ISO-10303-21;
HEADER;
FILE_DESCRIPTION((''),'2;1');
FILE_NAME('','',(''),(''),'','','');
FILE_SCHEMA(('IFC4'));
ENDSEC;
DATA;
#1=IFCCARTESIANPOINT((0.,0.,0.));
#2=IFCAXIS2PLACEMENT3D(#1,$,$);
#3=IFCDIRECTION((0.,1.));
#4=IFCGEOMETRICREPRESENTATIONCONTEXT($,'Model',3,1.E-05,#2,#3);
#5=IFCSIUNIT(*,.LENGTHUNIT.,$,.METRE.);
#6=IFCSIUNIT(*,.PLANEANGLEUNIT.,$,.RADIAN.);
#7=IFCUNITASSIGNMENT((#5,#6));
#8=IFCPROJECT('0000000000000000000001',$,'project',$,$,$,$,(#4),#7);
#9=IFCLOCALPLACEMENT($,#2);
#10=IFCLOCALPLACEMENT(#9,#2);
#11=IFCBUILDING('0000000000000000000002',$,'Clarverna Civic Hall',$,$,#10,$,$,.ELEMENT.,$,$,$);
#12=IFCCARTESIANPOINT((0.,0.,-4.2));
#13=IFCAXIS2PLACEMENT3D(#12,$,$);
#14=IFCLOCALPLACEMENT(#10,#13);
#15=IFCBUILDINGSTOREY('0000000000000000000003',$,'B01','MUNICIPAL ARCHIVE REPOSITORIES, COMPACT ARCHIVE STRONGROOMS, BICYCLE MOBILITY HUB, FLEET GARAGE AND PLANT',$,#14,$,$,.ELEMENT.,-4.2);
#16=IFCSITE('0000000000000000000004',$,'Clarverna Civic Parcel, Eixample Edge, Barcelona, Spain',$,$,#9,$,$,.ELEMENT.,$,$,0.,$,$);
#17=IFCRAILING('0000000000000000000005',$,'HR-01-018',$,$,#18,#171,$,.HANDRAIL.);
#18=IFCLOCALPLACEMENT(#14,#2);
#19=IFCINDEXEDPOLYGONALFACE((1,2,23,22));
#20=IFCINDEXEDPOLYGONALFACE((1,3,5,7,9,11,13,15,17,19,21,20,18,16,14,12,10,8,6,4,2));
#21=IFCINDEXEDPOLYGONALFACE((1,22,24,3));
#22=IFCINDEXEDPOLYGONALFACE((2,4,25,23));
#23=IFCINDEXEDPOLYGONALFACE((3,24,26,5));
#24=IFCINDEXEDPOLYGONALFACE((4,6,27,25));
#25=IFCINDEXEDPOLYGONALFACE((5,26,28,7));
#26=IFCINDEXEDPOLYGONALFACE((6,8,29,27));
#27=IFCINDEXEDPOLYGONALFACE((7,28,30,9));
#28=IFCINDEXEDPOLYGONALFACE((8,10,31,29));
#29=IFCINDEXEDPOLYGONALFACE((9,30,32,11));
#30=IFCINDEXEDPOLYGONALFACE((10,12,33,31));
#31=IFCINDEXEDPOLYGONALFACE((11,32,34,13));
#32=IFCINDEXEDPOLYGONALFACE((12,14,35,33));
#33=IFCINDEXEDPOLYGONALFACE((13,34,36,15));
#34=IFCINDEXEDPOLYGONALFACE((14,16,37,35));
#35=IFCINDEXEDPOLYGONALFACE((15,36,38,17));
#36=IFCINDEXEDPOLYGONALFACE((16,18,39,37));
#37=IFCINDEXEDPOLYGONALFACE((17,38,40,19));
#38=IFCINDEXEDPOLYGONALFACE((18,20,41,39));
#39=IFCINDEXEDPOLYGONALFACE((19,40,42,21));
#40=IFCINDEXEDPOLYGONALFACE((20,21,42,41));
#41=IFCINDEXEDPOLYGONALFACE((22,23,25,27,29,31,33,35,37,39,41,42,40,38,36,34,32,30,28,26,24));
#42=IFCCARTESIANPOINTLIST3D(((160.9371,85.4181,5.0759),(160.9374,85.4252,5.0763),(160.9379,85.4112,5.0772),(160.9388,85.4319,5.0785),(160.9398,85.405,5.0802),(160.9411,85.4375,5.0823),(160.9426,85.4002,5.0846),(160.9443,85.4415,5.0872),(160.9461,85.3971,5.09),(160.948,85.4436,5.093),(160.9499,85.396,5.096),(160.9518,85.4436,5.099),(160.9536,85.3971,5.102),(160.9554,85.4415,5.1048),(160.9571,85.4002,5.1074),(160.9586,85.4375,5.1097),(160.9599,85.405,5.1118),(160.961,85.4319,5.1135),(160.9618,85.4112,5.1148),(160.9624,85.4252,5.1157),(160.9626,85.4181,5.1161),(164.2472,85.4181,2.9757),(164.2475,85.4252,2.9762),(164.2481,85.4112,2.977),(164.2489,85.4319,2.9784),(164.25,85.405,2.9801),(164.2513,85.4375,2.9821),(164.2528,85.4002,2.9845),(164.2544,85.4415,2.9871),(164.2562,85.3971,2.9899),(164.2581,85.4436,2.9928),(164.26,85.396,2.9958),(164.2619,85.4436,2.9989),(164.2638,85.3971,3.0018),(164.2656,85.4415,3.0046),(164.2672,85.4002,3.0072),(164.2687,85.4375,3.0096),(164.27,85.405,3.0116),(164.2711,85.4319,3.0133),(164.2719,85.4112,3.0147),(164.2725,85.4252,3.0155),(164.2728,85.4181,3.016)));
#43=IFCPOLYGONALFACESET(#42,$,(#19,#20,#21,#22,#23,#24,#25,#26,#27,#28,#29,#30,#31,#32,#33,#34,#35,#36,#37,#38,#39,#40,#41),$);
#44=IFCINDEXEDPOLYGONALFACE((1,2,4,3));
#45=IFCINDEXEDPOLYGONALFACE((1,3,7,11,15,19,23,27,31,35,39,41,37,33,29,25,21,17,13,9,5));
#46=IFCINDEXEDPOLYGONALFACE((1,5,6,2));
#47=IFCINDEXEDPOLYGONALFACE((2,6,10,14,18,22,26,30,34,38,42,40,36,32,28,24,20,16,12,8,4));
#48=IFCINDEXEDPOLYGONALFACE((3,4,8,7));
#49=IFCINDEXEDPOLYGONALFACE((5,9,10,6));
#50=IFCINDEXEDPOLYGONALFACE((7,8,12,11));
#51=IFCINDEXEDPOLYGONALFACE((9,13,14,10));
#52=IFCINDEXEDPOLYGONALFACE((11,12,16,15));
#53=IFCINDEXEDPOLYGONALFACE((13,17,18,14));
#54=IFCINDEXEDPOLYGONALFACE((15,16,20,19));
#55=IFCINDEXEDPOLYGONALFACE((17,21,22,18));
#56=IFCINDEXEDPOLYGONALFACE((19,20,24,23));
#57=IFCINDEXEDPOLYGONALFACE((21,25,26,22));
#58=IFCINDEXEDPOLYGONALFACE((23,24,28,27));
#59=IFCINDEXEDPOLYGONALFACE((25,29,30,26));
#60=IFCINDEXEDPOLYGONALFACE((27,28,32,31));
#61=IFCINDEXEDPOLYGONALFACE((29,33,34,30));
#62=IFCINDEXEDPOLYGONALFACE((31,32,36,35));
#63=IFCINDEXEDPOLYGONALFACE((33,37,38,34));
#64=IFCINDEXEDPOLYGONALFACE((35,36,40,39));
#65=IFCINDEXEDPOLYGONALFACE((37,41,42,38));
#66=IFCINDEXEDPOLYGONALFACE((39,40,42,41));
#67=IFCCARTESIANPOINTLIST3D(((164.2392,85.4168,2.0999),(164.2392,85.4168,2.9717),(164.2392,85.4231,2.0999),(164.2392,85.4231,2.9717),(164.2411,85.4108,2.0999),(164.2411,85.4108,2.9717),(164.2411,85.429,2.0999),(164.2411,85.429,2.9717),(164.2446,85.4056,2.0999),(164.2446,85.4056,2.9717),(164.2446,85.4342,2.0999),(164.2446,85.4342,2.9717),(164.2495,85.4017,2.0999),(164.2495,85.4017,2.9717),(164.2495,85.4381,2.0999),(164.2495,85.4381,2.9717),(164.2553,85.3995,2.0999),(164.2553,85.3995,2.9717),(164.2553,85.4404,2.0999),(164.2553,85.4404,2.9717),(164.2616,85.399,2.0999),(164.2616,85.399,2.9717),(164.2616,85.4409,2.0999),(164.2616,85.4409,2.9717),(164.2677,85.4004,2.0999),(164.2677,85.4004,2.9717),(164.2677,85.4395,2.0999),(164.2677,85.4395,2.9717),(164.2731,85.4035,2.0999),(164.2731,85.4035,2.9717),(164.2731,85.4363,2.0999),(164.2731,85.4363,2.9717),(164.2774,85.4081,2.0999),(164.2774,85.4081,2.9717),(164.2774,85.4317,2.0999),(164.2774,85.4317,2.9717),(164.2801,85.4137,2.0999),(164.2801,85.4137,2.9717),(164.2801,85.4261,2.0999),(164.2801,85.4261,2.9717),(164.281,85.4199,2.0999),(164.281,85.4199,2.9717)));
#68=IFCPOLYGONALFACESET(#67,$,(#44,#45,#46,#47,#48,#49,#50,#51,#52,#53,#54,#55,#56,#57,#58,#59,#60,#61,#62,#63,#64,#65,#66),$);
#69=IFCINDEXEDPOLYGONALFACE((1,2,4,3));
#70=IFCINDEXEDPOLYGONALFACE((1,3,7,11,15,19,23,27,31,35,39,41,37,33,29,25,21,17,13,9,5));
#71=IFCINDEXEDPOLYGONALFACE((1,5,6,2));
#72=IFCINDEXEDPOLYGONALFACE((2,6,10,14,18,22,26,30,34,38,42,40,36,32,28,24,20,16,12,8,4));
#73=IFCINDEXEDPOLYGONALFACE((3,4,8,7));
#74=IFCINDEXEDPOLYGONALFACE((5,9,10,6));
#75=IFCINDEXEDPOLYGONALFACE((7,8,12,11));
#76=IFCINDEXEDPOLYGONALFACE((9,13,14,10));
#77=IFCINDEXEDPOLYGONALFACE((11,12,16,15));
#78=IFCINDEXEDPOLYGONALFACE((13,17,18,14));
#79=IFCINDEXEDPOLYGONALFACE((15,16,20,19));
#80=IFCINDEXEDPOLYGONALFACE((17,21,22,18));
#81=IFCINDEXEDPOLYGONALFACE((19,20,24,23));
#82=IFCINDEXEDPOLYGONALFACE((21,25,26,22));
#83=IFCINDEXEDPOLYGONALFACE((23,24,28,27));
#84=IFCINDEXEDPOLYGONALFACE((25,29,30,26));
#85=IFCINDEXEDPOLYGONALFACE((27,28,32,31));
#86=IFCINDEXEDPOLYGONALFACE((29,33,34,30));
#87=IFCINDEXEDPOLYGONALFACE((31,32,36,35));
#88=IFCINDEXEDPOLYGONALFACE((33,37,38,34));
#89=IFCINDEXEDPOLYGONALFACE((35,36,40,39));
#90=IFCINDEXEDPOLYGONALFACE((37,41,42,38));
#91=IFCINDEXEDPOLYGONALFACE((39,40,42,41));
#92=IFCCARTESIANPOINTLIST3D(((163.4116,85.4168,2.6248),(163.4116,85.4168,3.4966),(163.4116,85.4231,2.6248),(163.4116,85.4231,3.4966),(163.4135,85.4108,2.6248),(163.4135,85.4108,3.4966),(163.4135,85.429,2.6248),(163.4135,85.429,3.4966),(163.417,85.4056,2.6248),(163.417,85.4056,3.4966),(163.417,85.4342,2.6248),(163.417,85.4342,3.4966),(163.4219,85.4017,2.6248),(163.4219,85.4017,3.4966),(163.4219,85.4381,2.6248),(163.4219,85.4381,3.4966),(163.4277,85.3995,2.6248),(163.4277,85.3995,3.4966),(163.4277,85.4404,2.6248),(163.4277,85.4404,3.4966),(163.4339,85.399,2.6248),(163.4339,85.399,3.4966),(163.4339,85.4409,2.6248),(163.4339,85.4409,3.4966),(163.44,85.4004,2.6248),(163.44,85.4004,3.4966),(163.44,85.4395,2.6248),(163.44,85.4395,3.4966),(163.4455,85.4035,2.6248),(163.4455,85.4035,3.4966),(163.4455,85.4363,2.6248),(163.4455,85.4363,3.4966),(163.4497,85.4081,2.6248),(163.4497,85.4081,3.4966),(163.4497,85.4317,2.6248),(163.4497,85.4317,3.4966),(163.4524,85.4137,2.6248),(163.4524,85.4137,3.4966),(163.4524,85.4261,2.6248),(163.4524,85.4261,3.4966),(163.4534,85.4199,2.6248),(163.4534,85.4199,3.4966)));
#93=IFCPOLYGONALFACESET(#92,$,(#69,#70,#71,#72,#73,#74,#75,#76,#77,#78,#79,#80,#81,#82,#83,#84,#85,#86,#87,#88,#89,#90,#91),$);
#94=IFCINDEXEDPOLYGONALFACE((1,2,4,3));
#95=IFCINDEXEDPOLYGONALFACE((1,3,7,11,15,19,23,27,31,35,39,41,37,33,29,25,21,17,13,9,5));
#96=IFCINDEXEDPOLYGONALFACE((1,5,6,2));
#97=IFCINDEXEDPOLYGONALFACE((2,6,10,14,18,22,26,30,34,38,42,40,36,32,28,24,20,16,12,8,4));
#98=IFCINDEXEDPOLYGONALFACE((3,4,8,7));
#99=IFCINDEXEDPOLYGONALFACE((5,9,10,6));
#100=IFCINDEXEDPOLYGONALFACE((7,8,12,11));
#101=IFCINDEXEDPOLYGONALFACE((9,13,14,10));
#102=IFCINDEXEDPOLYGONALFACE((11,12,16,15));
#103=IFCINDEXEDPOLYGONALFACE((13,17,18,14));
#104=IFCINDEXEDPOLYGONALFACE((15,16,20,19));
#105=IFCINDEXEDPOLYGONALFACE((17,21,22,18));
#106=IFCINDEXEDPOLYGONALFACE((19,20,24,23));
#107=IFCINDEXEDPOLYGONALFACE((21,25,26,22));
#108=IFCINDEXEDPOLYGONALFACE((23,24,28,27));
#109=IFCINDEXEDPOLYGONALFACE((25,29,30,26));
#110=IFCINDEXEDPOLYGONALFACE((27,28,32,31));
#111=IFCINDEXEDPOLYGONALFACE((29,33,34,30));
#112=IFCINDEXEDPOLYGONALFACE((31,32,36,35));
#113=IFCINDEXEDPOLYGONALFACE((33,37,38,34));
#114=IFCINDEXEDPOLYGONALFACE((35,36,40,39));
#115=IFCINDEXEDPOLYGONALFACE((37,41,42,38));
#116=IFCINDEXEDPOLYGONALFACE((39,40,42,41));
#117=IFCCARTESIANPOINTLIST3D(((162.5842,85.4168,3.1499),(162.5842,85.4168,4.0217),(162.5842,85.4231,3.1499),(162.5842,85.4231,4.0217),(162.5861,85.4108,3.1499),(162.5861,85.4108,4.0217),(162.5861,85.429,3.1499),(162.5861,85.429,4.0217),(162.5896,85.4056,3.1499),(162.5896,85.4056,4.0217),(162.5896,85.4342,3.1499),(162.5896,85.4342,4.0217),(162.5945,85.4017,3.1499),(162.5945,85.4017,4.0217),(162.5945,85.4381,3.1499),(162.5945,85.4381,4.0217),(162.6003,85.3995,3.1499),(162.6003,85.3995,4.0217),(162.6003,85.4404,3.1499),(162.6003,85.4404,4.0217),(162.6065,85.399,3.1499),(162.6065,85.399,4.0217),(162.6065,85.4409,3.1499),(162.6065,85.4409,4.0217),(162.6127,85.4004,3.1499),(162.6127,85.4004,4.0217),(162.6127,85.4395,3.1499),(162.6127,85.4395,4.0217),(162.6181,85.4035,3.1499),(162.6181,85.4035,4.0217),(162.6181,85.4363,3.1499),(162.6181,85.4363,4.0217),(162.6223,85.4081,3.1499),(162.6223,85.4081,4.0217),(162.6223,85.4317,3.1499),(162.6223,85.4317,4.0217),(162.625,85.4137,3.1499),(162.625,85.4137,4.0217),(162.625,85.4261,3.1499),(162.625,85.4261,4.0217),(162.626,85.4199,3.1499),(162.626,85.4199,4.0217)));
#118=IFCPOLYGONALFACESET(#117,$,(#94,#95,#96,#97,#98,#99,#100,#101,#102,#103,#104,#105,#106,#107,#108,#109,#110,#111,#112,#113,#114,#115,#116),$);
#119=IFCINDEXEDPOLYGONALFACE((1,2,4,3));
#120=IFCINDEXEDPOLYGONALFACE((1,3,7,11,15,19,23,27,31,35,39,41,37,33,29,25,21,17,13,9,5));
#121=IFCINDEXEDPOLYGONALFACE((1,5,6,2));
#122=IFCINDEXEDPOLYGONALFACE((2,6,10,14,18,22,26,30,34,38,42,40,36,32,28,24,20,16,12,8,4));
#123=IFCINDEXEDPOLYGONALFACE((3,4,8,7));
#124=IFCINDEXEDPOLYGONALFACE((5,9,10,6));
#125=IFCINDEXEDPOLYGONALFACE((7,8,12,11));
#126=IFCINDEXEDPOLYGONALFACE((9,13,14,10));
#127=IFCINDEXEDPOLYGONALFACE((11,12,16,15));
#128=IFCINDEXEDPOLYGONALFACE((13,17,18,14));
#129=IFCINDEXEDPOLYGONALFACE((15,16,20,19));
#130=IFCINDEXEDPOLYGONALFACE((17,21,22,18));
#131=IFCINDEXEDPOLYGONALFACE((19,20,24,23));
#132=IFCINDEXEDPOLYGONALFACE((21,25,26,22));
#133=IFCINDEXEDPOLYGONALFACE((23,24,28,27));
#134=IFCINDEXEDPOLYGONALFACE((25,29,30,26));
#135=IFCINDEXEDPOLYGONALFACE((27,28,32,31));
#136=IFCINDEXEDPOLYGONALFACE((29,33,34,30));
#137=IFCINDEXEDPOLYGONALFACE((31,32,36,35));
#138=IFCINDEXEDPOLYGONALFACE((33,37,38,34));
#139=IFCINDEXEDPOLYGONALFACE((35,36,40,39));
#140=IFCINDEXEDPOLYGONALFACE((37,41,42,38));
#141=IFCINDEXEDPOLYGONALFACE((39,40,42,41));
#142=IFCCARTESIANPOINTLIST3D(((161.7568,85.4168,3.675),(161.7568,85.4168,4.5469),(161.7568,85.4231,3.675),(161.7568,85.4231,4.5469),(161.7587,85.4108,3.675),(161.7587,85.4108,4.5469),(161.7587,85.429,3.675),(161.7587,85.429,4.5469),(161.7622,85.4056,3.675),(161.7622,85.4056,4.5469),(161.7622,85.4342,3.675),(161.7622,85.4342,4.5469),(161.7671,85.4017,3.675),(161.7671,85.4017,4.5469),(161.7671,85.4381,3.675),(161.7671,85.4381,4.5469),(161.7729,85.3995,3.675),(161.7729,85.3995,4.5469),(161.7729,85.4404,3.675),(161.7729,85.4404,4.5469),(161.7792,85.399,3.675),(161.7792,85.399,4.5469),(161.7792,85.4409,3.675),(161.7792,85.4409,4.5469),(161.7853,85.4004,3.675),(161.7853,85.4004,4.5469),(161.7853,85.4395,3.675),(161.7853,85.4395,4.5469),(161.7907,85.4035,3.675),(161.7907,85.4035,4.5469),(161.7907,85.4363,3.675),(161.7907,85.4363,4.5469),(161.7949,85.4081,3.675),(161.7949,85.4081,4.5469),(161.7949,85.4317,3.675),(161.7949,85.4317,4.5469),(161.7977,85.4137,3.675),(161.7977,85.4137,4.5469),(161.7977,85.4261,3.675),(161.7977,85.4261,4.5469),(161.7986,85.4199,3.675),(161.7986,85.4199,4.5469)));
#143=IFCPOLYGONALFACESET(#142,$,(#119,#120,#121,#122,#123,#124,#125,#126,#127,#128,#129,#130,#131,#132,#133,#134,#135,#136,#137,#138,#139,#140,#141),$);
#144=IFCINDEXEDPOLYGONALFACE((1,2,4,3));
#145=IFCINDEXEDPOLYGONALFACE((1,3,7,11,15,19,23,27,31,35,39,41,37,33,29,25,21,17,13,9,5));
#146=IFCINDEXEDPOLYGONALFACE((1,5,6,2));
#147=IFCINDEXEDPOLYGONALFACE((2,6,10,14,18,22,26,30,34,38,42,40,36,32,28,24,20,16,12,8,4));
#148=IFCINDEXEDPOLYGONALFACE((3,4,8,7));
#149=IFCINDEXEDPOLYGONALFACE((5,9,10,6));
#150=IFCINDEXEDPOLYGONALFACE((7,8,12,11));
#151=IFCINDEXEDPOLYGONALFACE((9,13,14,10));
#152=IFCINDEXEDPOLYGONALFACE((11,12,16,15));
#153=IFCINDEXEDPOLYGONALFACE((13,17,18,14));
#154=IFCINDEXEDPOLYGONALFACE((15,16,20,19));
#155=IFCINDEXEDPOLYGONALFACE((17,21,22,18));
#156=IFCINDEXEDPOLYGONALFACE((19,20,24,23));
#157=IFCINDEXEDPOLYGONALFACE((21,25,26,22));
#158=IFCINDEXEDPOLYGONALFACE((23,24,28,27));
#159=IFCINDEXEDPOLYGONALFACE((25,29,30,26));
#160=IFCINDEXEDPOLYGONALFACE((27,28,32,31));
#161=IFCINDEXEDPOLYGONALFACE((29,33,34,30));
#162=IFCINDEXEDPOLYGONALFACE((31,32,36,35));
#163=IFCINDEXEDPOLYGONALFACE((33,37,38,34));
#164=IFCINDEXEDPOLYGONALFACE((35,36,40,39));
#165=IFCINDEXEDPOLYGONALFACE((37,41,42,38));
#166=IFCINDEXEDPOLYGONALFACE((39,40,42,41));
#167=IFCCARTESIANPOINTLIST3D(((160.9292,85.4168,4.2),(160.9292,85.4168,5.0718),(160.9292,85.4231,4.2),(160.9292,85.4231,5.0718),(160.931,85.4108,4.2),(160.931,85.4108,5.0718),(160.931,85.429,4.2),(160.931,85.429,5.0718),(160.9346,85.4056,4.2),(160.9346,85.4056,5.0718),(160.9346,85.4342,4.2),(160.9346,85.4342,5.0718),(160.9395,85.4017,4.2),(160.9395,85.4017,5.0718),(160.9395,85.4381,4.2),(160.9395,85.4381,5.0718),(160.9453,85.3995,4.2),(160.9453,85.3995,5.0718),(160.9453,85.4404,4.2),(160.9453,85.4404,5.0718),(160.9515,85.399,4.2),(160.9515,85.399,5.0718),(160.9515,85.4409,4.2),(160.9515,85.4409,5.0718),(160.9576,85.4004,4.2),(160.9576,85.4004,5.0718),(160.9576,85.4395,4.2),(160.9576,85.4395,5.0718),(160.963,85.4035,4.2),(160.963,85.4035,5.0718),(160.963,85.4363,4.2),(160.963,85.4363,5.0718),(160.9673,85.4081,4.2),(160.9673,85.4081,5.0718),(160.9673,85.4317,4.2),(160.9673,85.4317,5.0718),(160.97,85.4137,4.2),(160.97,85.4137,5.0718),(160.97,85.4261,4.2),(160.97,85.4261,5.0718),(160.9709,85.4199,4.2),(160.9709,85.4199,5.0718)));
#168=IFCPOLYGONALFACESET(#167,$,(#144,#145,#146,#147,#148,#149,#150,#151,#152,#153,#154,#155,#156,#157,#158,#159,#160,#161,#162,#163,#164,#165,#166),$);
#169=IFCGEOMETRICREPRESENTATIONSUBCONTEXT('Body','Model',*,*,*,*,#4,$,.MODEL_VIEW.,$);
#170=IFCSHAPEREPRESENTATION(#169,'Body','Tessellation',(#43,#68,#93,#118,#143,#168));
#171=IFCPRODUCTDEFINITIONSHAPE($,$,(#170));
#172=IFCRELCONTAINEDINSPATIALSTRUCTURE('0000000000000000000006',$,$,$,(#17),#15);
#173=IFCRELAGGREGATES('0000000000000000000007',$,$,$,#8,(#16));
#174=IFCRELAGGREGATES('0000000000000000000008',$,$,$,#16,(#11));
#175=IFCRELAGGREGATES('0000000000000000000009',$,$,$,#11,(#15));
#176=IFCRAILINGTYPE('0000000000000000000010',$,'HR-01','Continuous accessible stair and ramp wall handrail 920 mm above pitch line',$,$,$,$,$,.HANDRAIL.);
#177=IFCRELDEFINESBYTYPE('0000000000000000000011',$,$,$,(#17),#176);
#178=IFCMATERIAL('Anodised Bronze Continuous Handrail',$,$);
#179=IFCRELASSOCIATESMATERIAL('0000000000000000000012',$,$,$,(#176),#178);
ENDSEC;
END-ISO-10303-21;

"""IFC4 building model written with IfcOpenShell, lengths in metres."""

from ifc_helpers import new_model, si_unit, direction, frame, origin, origin_2d, place, context, subcontext, project, spatial, circle, extrude, material, type_object, element, save


model = new_model("IFC4")

# Units and contexts
model_context = context("Model", 3, precision=1e-05, world=origin(), true_north=direction((0.0, 1.0)))
body_context = subcontext(model_context, "Body", "Model", "MODEL_VIEW")
ifc_project = project(units=[si_unit("LENGTHUNIT", "METRE"), si_unit("PLANEANGLEUNIT", "RADIAN")], contexts=[model_context])

# Site, building, storey
site_placement = place(None, origin())
site = spatial("IfcSite", under=ifc_project, at=site_placement, Name="Clarverna Civic Parcel, Eixample Edge, Barcelona, Spain", CompositionType="ELEMENT", RefElevation=0.0)
building_placement = place(site_placement, origin())
building = spatial("IfcBuilding", under=site, at=building_placement, Name="Clarverna Civic Hall", CompositionType="ELEMENT")
storey_placement = place(building_placement, frame((0.0, 0.0, -4.2)))
storey = spatial("IfcBuildingStorey", under=building, at=storey_placement, Name="B01", Description="MUNICIPAL ARCHIVE REPOSITORIES, COMPACT ARCHIVE STRONGROOMS, BICYCLE MOBILITY HUB, FLEET GARAGE AND PLANT", CompositionType="ELEMENT", Elevation=-4.2)

# Railing
ifc_material_1 = material(Name="Anodised Bronze Continuous Handrail")
railing_type_1 = type_object("IfcRailingType", Name="HR-01", Description="Continuous accessible stair and ramp wall handrail 920 mm above pitch line", PredefinedType="HANDRAIL", material=ifc_material_1)
railing_1_placement = place(storey_placement, frame((164.26, 85.4199, 2.0999)))
element("IfcRailing", 1, at=railing_1_placement, inside=storey, type_object=railing_type_1, Name="HR-01-018", PredefinedType="HANDRAIL", context=body_context, shape_type="SweptSolid", body=[
    extrude(circle(Radius=0.0239, at=origin_2d()), frame((0.0, 0.0, 0.896), z_axis=(-0.844389, 0.0, 0.535731), x_axis=(0.0, -1.0, 0.0)), (0.0, 0.0, 1.0), 3.9202),
    extrude(circle(Radius=0.021, at=origin_2d()), origin(), (0.0, 0.0, 1.0), 0.8718),
    extrude(circle(Radius=0.021, at=origin_2d()), frame((-0.8276, 0.0, 0.5249)), (0.0, 0.0, 1.0), 0.8718),
    extrude(circle(Radius=0.021, at=origin_2d()), frame((-1.655, 0.0, 1.05)), (0.0, 0.0, 1.0), 0.8718),
    extrude(circle(Radius=0.021, at=origin_2d()), frame((-2.4824, 0.0, 1.5752)), (0.0, 0.0, 1.0), 0.8718),
    extrude(circle(Radius=0.021, at=origin_2d()), frame((-3.3101, 0.0, 2.1001)), (0.0, 0.0, 1.0), 0.8718),
])

save(model, "model.ifc")
